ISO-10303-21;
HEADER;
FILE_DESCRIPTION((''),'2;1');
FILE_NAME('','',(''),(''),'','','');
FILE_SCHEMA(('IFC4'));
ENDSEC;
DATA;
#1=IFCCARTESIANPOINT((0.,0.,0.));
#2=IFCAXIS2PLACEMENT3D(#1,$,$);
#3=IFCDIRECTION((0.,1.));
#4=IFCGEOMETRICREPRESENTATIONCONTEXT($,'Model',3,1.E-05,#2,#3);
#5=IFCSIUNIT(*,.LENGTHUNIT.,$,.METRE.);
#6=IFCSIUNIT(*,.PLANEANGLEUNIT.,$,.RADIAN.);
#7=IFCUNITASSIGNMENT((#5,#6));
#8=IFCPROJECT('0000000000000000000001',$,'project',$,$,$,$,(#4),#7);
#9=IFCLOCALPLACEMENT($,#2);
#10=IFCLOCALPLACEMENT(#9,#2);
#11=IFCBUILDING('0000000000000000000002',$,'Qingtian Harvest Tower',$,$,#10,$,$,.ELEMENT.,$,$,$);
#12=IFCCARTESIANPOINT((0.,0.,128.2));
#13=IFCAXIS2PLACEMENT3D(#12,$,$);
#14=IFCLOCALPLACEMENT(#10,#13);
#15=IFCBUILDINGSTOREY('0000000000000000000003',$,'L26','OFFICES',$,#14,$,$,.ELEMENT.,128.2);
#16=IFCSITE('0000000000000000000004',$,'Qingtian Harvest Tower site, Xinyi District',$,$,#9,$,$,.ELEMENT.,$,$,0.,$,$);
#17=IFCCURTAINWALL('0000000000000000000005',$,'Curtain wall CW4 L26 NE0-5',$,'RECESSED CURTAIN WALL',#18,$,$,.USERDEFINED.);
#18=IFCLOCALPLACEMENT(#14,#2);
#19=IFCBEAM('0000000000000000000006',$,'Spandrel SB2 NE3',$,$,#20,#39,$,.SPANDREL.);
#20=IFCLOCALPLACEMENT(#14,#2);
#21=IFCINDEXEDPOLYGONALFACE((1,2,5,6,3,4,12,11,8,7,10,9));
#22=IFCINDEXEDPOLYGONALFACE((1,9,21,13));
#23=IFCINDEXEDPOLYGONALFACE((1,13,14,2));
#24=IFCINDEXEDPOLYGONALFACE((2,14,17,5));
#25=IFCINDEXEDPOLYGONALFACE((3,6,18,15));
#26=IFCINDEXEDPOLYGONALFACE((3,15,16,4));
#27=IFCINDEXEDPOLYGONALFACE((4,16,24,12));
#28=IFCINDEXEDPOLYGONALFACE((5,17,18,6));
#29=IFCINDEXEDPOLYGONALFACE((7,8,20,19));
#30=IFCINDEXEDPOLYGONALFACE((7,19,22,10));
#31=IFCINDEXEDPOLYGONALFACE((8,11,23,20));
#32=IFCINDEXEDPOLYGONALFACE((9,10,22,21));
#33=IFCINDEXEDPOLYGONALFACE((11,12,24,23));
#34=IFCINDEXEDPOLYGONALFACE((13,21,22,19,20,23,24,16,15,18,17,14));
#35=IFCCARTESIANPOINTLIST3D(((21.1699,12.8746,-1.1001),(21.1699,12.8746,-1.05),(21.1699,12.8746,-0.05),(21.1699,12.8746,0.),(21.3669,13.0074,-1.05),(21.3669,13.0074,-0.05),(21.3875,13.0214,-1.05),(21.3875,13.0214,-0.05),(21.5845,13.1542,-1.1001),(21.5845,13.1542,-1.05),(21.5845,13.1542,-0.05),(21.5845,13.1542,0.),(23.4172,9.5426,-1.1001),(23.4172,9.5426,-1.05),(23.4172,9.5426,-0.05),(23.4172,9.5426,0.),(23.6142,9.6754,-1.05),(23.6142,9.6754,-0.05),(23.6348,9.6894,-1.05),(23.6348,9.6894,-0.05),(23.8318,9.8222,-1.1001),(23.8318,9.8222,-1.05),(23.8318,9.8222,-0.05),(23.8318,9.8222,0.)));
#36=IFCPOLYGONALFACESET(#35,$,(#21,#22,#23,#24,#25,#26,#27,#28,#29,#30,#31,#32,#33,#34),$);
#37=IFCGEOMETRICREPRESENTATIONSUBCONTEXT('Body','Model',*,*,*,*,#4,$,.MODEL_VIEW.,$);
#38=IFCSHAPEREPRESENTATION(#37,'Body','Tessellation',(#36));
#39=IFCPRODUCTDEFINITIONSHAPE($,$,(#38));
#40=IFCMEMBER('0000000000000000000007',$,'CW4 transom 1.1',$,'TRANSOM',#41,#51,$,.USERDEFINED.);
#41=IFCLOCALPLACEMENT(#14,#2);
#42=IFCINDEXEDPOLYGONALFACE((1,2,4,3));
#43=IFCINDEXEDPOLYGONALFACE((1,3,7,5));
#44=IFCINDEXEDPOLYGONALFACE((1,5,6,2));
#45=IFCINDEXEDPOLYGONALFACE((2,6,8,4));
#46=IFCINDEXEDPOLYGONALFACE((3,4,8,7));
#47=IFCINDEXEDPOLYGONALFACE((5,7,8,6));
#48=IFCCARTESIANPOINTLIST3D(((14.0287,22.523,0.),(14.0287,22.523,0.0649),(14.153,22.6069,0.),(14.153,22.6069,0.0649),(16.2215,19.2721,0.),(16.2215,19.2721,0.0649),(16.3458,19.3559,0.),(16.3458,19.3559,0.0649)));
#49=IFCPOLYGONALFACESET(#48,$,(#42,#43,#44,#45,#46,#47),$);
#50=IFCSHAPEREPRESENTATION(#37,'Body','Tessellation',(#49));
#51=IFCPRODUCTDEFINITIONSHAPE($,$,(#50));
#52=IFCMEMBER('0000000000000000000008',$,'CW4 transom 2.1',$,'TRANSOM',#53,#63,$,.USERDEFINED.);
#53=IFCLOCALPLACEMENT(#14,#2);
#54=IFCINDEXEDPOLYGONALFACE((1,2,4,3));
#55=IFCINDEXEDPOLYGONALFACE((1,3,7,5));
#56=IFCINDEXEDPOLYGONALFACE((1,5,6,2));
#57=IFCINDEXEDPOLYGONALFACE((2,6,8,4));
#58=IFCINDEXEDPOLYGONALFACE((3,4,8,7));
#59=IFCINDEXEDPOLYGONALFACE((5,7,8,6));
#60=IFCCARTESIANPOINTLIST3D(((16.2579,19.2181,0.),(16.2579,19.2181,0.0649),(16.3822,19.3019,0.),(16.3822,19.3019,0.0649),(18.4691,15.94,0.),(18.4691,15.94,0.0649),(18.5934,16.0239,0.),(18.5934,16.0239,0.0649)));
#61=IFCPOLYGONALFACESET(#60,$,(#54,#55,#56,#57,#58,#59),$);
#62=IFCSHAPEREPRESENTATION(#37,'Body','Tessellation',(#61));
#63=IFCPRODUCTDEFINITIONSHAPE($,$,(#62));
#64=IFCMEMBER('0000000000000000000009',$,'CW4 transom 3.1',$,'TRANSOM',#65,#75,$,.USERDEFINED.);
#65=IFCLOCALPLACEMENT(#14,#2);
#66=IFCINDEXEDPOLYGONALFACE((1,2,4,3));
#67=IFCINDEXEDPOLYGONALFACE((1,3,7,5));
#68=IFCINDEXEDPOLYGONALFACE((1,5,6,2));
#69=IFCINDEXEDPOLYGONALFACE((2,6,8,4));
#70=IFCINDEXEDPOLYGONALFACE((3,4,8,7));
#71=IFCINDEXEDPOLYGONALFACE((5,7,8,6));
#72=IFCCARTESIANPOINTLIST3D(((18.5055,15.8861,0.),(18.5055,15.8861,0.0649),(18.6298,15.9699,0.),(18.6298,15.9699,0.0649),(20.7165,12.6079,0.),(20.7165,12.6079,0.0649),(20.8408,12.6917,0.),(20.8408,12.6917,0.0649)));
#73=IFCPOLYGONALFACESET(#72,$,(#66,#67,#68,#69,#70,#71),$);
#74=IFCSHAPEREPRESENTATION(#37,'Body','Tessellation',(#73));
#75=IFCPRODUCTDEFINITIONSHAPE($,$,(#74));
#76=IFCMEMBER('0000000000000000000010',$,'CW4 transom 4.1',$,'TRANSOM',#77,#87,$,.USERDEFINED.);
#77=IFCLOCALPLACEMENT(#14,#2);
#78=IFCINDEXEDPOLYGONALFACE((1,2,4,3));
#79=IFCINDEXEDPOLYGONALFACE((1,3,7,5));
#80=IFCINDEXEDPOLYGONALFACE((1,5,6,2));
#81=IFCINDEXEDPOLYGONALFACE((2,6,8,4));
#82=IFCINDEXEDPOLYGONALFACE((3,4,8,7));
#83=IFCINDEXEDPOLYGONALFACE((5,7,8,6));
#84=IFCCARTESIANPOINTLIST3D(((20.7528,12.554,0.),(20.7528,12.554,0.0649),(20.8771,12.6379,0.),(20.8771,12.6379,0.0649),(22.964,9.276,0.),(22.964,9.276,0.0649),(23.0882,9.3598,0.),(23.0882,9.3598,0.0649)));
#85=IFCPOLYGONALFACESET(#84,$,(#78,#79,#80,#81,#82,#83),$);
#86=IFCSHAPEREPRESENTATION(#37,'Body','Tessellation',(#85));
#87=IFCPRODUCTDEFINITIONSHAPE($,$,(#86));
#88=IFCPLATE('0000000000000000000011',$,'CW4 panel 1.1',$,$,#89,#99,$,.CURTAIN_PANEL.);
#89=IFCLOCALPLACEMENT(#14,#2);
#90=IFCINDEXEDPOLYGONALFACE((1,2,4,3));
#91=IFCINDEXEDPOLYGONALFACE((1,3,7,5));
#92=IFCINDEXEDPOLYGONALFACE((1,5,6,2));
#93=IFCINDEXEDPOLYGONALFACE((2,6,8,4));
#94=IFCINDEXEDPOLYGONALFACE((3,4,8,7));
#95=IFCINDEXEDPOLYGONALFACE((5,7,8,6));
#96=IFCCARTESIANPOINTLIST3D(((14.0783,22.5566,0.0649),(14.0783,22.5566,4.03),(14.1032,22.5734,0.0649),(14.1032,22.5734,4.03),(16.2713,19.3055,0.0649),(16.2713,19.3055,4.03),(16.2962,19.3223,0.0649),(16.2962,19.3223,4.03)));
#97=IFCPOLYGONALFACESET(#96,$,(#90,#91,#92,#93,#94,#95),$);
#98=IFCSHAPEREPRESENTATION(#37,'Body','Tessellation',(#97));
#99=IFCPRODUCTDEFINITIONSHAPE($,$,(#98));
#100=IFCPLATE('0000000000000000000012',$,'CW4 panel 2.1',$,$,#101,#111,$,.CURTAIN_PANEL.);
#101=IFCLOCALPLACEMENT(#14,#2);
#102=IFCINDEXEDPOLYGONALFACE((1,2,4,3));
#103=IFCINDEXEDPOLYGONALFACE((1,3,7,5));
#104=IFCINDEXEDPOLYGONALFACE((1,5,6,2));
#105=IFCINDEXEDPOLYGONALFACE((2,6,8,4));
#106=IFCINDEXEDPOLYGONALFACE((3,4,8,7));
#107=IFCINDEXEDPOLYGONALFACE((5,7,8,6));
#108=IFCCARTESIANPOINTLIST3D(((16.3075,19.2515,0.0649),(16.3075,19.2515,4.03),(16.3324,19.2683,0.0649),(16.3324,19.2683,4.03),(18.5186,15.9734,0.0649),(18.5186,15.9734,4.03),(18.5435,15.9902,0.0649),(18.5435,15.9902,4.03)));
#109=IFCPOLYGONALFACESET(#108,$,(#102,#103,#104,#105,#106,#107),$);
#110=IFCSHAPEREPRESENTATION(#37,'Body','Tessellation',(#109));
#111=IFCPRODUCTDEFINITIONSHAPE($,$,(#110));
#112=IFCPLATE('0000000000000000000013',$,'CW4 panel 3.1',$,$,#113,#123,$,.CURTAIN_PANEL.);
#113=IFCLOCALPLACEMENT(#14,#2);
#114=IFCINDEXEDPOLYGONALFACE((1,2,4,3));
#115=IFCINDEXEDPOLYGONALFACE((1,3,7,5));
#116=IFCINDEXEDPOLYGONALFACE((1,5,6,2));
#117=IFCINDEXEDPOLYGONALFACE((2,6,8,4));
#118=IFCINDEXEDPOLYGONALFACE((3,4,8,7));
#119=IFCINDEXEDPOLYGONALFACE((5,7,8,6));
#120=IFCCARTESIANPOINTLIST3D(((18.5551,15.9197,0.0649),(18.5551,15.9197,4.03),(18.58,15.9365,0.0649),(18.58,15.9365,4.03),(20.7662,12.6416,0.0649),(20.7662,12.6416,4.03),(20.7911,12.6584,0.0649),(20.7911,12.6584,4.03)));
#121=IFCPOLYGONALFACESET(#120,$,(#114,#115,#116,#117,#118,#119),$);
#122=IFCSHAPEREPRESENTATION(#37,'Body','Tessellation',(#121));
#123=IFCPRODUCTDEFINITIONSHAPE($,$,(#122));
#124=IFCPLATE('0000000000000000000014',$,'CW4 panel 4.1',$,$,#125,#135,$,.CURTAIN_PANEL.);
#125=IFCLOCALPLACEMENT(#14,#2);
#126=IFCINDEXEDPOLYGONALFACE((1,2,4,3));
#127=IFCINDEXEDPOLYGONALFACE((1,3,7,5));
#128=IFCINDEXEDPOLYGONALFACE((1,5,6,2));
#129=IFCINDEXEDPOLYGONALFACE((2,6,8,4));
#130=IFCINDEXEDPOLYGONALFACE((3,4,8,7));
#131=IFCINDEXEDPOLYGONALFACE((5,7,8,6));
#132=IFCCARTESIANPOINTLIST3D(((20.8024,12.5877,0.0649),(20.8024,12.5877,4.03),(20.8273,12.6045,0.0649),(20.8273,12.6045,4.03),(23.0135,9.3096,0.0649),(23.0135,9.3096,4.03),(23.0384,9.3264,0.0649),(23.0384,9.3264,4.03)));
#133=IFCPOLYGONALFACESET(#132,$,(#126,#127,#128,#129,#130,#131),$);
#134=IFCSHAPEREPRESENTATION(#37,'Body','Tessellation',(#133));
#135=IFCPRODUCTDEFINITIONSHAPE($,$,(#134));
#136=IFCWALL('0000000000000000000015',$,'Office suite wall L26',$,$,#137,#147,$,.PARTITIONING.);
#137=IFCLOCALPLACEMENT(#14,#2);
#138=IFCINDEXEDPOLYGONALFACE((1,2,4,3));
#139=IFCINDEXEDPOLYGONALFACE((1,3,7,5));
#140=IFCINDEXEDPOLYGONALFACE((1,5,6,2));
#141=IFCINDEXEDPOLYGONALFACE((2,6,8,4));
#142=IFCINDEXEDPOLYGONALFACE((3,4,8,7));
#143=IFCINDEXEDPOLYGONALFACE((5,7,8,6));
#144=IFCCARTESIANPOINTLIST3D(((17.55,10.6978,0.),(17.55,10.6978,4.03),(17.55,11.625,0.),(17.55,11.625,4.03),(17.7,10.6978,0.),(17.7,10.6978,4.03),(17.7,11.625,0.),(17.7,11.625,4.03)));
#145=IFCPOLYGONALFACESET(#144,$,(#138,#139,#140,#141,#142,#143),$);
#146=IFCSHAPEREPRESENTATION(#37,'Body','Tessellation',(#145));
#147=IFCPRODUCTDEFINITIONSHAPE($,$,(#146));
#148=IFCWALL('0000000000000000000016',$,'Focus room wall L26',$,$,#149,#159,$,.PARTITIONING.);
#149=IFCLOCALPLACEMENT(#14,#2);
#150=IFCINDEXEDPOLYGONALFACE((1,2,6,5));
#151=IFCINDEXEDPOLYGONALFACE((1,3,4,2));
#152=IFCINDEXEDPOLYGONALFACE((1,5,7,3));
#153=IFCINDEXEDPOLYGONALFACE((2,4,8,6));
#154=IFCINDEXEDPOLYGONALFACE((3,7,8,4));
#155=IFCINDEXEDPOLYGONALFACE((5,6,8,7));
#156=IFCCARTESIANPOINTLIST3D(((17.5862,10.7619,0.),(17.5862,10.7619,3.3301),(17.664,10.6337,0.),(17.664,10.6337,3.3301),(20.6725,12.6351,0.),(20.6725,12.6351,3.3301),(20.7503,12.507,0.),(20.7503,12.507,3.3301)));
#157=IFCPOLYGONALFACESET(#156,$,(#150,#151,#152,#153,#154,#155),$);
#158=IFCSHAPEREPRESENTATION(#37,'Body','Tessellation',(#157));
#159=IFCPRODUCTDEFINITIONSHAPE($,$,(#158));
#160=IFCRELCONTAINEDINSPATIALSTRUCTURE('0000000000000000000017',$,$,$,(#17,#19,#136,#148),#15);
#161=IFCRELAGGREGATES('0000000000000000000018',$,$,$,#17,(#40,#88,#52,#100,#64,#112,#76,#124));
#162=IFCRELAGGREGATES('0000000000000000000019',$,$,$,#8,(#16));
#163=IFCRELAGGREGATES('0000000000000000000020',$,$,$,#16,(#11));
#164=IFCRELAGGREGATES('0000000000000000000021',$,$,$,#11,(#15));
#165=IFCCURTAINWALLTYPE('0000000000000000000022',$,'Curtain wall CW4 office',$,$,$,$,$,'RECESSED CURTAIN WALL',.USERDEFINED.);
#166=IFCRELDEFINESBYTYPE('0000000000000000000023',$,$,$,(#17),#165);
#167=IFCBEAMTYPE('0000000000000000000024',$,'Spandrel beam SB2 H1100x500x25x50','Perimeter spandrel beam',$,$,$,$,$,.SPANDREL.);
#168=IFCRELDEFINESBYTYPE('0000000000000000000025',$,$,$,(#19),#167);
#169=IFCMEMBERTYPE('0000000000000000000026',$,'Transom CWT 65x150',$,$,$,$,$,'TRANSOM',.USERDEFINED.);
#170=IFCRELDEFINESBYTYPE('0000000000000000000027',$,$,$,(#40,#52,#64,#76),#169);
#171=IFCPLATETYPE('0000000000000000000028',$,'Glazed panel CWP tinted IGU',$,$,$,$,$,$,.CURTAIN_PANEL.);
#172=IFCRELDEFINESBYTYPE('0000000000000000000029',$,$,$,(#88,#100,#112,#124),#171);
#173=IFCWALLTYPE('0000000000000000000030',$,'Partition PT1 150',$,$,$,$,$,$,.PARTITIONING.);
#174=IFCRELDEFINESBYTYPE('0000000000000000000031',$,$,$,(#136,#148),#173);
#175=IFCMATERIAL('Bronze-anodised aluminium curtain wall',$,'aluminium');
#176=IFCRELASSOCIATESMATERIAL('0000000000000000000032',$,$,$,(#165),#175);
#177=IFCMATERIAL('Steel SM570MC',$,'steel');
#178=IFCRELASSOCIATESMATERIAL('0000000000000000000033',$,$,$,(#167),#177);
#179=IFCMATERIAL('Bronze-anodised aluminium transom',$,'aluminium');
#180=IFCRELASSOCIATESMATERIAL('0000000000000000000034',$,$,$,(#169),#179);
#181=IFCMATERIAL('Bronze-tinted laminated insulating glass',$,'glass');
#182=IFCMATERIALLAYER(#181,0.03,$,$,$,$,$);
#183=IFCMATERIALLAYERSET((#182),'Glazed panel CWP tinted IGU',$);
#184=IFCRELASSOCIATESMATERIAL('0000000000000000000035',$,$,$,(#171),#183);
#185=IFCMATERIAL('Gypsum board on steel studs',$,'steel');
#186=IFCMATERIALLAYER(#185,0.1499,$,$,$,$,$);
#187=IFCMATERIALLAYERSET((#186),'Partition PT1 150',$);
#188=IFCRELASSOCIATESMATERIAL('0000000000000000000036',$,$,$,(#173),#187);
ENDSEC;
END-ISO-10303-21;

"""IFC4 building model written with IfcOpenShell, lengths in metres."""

from ifc_helpers import new_model, si_unit, direction, frame, frame_2d, origin, origin_2d, place, context, subcontext, project, spatial, rectangle, i_section, extrude, material, layer, layer_set, material_profile, profile_set, type_object, element, aggregate, save


model = new_model("IFC4")

# Units and contexts
model_context = context("Model", 3, precision=1e-05, world=origin(), true_north=direction((0.0, 1.0)))
body_context = subcontext(model_context, "Body", "Model", "MODEL_VIEW")
ifc_project = project(units=[si_unit("LENGTHUNIT", "METRE"), si_unit("PLANEANGLEUNIT", "RADIAN")], contexts=[model_context])

# Site, building, storey
site_placement = place(None, origin())
site = spatial("IfcSite", under=ifc_project, at=site_placement, Name="Qingtian Harvest Tower site, Xinyi District", CompositionType="ELEMENT", RefElevation=0.0)
building_placement = place(site_placement, origin())
building = spatial("IfcBuilding", under=site, at=building_placement, Name="Qingtian Harvest Tower", CompositionType="ELEMENT")
storey_placement = place(building_placement, frame((0.0, 0.0, 128.2)))
storey = spatial("IfcBuildingStorey", under=building, at=storey_placement, Name="L26", Description="OFFICES", CompositionType="ELEMENT", Elevation=128.2)

# Curtain wall
ifc_material_1 = material(Name="Bronze-anodised aluminium curtain wall", Category="aluminium")
curtain_wall_type = type_object("IfcCurtainWallType", Name="Curtain wall CW4 office", ElementType="RECESSED CURTAIN WALL", PredefinedType="USERDEFINED", material=ifc_material_1)
curtain_wall_placement = place(storey_placement, origin())
curtain_wall = element("IfcCurtainWall", 1, at=curtain_wall_placement, inside=storey, type_object=curtain_wall_type, Name="Curtain wall CW4 L26 NE0-5", ObjectType="RECESSED CURTAIN WALL", PredefinedType="USERDEFINED")

# Beam
ifc_material_2 = material(Name="Steel SM570MC", Category="steel")
ifc_material_profile_1 = material_profile(ifc_material_2, i_section(OverallWidth=0.5, OverallDepth=1.1001, WebThickness=0.0249, FlangeThickness=0.05, at=origin_2d()), Name="H1100x500x25x50")
ifc_profile_set_1 = profile_set([ifc_material_profile_1], Name="Steel SM570MC")
beam_type_1 = type_object("IfcBeamType", Name="Spandrel beam SB2 H1100x500x25x50", Description="Perimeter spandrel beam", PredefinedType="SPANDREL", material=ifc_profile_set_1)
beam_1_placement = place(storey_placement, frame((21.3772, 13.0144, -0.55), z_axis=(0.559164, -0.829057, 0.0), x_axis=(0.829057, 0.559164, 0.0)))
element("IfcBeam", 2, at=beam_1_placement, inside=storey, type_object=beam_type_1, Name="Spandrel SB2 NE3", PredefinedType="SPANDREL", context=body_context, shape_type="SweptSolid", body=[
    extrude(i_section(OverallWidth=0.5, OverallDepth=1.1001, WebThickness=0.0249, FlangeThickness=0.05, at=origin_2d()), origin(), (0.0, 0.0, 1.0), 4.019),
])

# Members
ifc_material_3 = material(Name="Bronze-anodised aluminium transom", Category="aluminium")
ifc_material_profile_2 = material_profile(ifc_material_3, rectangle(XDim=0.1499, YDim=0.0649, at=origin_2d()), Name="AL 65x150")
ifc_profile_set_2 = profile_set([ifc_material_profile_2], Name="Bronze-anodised aluminium transom")
member_type_1 = type_object("IfcMemberType", Name="Transom CWT 65x150", ElementType="TRANSOM", PredefinedType="USERDEFINED", material=ifc_profile_set_2)
member_1_placement = place(storey_placement, frame((14.0908, 22.5649, 0.0325), z_axis=(0.559203, -0.829031, 0.0), x_axis=(0.829031, 0.559203, 0.0)))
member_1 = element("IfcMember", 3, at=member_1_placement, type_object=member_type_1, Name="CW4 transom 1.1", ObjectType="TRANSOM", PredefinedType="USERDEFINED", context=body_context, shape_type="SweptSolid", body=[
    extrude(rectangle(XDim=0.1499, YDim=0.0649, at=origin_2d()), origin(), (0.0, 0.0, 1.0), 3.9214),
])
member_2_placement = place(storey_placement, frame((16.3201, 19.26, 0.0325), z_axis=(0.559209, -0.829027, 0.0), x_axis=(0.829027, 0.559209, 0.0)))
member_2 = element("IfcMember", 4, at=member_2_placement, type_object=member_type_1, Name="CW4 transom 2.1", ObjectType="TRANSOM", PredefinedType="USERDEFINED", context=body_context, shape_type="SweptSolid", body=[
    extrude(rectangle(XDim=0.1499, YDim=0.0649, at=origin_2d()), origin(), (0.0, 0.0, 1.0), 3.9541),
])
member_3_placement = place(storey_placement, frame((18.5676, 15.928, 0.0325), z_axis=(0.559166, -0.829055, 0.0), x_axis=(0.829055, 0.559166, 0.0)))
member_3 = element("IfcMember", 5, at=member_3_placement, type_object=member_type_1, Name="CW4 transom 3.1", ObjectType="TRANSOM", PredefinedType="USERDEFINED", context=body_context, shape_type="SweptSolid", body=[
    extrude(rectangle(XDim=0.1499, YDim=0.0649, at=origin_2d()), origin(), (0.0, 0.0, 1.0), 3.9541),
])
member_4_placement = place(storey_placement, frame((20.8149, 12.5959, 0.0325), z_axis=(0.559209, -0.829027, 0.0), x_axis=(0.829027, 0.559209, 0.0)))
member_4 = element("IfcMember", 6, at=member_4_placement, type_object=member_type_1, Name="CW4 transom 4.1", ObjectType="TRANSOM", PredefinedType="USERDEFINED", context=body_context, shape_type="SweptSolid", body=[
    extrude(rectangle(XDim=0.1499, YDim=0.0649, at=origin_2d()), origin(), (0.0, 0.0, 1.0), 3.9541),
])

# Plates
ifc_material_4 = material(Name="Bronze-tinted laminated insulating glass", Category="glass")
ifc_layer_1 = layer(ifc_material_4, 0.03)
ifc_layer_set_1 = layer_set([ifc_layer_1], Name="Glazed panel CWP tinted IGU")
plate_type = type_object("IfcPlateType", Name="Glazed panel CWP tinted IGU", PredefinedType="CURTAIN_PANEL", material=ifc_layer_set_1)
plate_1_placement = place(storey_placement, frame((15.1873, 20.9395, 0.0649), z_axis=(0.0, 0.0, 1.0), x_axis=(0.559193, -0.829038, 0.0)))
plate_1 = element("IfcPlate", 7, at=plate_1_placement, type_object=plate_type, Name="CW4 panel 1.1", PredefinedType="CURTAIN_PANEL", context=body_context, shape_type="SweptSolid", body=[
    extrude(rectangle(XDim=3.9216, YDim=0.03, at=origin_2d()), origin(), (0.0, 0.0, 1.0), 3.9651),
])
plate_2_placement = place(storey_placement, frame((17.4255, 17.6208, 0.0649), z_axis=(0.0, 0.0, 1.0), x_axis=(0.559193, -0.829038, 0.0)))
plate_2 = element("IfcPlate", 8, at=plate_2_placement, type_object=plate_type, Name="CW4 panel 2.1", PredefinedType="CURTAIN_PANEL", context=body_context, shape_type="SweptSolid", body=[
    extrude(rectangle(XDim=3.9541, YDim=0.03, at=origin_2d()), origin(), (0.0, 0.0, 1.0), 3.9651),
])
plate_3_placement = place(storey_placement, frame((19.6731, 14.2891, 0.0649), z_axis=(0.0, 0.0, 1.0), x_axis=(0.559193, -0.829038, 0.0)))
plate_3 = element("IfcPlate", 9, at=plate_3_placement, type_object=plate_type, Name="CW4 panel 3.1", PredefinedType="CURTAIN_PANEL", context=body_context, shape_type="SweptSolid", body=[
    extrude(rectangle(XDim=3.9541, YDim=0.03, at=origin_2d()), origin(), (0.0, 0.0, 1.0), 3.9651),
])
plate_4_placement = place(storey_placement, frame((21.9204, 10.957, 0.0649), z_axis=(0.0, 0.0, 1.0), x_axis=(0.559193, -0.829038, 0.0)))
plate_4 = element("IfcPlate", 10, at=plate_4_placement, type_object=plate_type, Name="CW4 panel 4.1", PredefinedType="CURTAIN_PANEL", context=body_context, shape_type="SweptSolid", body=[
    extrude(rectangle(XDim=3.9541, YDim=0.03, at=origin_2d()), origin(), (0.0, 0.0, 1.0), 3.9651),
])
aggregate(curtain_wall, [member_1, plate_1, member_2, plate_2, member_3, plate_3, member_4, plate_4])

# Walls
ifc_material_5 = material(Name="Gypsum board on steel studs", Category="steel")
ifc_layer_2 = layer(ifc_material_5, 0.1499)
ifc_layer_set_2 = layer_set([ifc_layer_2], Name="Partition PT1 150")
wall_type = type_object("IfcWallType", Name="Partition PT1 150", PredefinedType="PARTITIONING", material=ifc_layer_set_2)
wall_1_placement = place(storey_placement, frame((17.625, 11.625, 0.0), z_axis=(0.0, 0.0, 1.0), x_axis=(0.0, -1.0, 0.0)))
element("IfcWall", 11, at=wall_1_placement, inside=storey, type_object=wall_type, Name="Office suite wall L26", PredefinedType="PARTITIONING", context=body_context, shape_type="SweptSolid", body=[
    extrude(rectangle(XDim=0.9272, YDim=0.1499, at=frame_2d((0.4636, 0.0))), origin(), (0.0, 0.0, 1.0), 4.03),
])
wall_2_placement = place(storey_placement, frame((20.7114, 12.571, 0.0), z_axis=(0.0, 0.0, 1.0), x_axis=(-0.854863, -0.518855, 0.0)))
element("IfcWall", 12, at=wall_2_placement, inside=storey, type_object=wall_type, Name="Focus room wall L26", PredefinedType="PARTITIONING", context=body_context, shape_type="SweptSolid", body=[
    extrude(rectangle(XDim=3.6104, YDim=0.1499, at=frame_2d((1.8052, 0.0))), origin(), (0.0, 0.0, 1.0), 3.3301),
])

save(model, "model.ifc")
